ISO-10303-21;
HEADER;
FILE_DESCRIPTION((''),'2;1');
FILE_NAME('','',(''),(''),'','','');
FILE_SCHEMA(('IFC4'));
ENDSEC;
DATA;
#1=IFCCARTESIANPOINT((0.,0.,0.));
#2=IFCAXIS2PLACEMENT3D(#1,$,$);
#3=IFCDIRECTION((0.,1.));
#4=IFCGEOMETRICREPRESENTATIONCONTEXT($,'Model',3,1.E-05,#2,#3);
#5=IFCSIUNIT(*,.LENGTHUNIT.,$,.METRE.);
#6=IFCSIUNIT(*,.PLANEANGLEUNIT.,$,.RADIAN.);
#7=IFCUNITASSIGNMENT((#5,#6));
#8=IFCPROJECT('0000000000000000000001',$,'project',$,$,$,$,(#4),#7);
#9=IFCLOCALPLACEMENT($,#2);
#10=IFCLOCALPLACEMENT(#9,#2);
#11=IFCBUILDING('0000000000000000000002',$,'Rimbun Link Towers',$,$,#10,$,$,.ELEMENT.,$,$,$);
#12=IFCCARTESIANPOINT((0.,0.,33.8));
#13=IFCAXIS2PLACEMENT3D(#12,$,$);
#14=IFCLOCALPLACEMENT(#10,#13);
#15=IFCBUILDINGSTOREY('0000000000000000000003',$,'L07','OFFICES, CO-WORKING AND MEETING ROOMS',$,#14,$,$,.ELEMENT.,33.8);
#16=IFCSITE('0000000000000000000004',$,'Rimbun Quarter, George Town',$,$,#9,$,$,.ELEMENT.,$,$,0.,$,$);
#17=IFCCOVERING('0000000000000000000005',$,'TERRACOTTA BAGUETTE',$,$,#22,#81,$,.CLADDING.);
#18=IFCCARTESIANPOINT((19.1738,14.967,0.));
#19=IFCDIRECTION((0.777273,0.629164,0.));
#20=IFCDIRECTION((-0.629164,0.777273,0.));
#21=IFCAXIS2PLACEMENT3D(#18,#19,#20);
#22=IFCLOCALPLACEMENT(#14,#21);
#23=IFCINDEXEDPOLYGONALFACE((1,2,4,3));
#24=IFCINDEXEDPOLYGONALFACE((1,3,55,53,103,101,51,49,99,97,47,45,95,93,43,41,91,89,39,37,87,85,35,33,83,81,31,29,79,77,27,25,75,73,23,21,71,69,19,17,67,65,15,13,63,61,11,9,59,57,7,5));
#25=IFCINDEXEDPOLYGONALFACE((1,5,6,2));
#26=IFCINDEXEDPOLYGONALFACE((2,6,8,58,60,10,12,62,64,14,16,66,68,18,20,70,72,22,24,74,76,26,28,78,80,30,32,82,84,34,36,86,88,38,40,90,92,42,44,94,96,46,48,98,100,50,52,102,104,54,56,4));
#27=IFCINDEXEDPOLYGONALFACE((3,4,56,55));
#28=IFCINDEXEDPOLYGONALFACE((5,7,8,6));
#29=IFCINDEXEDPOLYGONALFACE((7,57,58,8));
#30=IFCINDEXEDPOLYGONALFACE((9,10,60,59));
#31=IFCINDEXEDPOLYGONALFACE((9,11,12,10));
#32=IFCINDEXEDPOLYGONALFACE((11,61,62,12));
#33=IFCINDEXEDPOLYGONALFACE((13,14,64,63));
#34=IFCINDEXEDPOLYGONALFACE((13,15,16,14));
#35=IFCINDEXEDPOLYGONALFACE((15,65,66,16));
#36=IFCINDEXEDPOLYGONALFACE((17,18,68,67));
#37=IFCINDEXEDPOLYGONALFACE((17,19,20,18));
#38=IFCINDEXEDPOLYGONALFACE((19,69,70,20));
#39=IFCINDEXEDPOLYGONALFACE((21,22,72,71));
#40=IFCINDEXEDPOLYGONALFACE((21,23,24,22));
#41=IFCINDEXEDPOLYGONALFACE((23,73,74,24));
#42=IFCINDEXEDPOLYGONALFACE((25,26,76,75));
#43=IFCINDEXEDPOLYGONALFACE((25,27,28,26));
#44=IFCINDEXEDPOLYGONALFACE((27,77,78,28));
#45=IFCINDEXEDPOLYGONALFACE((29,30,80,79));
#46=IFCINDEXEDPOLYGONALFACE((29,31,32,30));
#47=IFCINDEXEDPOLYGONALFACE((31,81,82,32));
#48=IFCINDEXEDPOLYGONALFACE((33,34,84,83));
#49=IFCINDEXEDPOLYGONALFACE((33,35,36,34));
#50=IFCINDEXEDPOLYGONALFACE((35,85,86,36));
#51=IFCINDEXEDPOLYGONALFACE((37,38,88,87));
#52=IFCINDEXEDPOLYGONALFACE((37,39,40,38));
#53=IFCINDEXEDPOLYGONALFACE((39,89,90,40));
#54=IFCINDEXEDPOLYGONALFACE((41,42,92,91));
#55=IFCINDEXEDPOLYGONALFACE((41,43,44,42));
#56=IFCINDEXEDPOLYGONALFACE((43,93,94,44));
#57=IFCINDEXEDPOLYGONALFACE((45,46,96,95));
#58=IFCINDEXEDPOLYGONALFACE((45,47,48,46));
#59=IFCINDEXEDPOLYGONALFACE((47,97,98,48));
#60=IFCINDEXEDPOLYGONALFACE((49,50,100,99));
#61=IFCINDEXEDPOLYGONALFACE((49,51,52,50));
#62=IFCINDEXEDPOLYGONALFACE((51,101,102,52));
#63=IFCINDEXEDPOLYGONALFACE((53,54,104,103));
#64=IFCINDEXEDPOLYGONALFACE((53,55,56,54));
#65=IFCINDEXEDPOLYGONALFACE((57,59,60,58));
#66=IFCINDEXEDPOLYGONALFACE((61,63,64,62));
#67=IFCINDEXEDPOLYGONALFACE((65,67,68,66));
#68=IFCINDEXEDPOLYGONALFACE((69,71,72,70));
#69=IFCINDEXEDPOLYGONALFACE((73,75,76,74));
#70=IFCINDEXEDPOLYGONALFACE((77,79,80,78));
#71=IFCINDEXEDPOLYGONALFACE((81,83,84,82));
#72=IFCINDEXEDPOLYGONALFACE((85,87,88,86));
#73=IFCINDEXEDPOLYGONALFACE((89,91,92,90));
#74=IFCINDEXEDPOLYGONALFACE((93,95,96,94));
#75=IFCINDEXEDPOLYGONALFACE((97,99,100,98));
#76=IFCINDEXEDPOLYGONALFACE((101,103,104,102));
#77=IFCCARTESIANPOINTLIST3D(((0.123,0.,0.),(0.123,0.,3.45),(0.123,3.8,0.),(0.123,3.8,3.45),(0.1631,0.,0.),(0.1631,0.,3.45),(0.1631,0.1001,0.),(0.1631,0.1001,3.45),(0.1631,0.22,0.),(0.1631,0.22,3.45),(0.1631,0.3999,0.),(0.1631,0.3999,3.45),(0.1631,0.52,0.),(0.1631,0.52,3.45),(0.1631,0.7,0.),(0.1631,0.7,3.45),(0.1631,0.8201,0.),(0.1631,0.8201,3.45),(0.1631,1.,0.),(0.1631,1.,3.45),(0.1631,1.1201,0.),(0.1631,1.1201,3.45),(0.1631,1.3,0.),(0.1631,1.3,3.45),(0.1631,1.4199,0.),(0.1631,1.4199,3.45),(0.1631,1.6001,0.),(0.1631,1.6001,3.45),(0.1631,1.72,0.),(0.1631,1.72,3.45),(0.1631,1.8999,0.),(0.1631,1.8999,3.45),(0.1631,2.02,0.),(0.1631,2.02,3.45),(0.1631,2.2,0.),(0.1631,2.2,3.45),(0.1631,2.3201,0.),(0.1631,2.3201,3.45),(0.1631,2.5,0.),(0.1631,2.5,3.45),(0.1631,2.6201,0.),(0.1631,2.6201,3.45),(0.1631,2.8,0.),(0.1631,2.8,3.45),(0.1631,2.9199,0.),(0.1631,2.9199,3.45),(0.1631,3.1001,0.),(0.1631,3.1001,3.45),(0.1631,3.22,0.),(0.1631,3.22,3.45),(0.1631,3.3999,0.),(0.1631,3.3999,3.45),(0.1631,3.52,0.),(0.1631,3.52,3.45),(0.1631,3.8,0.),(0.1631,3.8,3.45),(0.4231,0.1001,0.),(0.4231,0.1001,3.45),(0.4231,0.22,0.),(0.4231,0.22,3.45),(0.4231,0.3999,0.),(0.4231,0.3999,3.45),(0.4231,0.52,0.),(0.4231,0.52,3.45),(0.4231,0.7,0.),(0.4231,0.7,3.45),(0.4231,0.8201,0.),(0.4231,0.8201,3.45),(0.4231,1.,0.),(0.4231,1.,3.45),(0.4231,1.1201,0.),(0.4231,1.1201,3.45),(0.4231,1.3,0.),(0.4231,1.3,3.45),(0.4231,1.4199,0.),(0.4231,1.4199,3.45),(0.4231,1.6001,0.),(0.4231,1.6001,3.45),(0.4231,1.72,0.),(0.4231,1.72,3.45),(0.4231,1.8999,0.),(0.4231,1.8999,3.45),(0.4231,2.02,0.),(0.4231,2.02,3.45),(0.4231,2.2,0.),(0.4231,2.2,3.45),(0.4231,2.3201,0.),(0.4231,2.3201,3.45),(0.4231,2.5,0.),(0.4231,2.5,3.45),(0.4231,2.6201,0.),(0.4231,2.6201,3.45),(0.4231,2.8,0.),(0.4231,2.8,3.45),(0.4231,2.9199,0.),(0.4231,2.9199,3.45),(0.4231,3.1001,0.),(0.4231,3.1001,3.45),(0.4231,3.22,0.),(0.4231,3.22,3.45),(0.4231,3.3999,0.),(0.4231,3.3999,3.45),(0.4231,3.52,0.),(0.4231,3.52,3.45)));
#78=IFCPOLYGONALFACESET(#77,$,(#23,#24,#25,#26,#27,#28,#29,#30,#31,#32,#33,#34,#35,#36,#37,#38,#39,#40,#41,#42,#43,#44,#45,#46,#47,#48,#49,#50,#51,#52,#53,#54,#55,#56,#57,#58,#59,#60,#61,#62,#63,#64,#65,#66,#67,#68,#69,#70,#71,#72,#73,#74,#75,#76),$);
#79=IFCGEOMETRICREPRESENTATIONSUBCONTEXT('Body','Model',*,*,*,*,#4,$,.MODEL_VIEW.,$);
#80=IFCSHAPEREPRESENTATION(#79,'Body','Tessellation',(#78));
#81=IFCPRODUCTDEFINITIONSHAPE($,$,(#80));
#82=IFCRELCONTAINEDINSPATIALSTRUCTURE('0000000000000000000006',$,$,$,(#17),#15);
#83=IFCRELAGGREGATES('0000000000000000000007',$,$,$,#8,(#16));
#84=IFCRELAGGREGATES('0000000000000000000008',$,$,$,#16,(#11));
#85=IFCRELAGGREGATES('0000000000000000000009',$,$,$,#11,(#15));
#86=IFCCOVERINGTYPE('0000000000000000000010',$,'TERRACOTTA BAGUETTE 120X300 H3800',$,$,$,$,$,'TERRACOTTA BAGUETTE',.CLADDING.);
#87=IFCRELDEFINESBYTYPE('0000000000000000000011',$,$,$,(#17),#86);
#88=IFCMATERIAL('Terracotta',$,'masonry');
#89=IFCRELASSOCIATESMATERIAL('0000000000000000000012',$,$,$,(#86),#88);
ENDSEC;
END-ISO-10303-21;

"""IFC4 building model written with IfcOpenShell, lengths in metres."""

from ifc_helpers import new_model, si_unit, direction, frame, origin, place, context, subcontext, project, spatial, polyline, outline, extrude, material, material_profile, profile_set, type_object, element, save


model = new_model("IFC4")

# Units and contexts
model_context = context("Model", 3, precision=1e-05, world=origin(), true_north=direction((0.0, 1.0)))
body_context = subcontext(model_context, "Body", "Model", "MODEL_VIEW")
ifc_project = project(units=[si_unit("LENGTHUNIT", "METRE"), si_unit("PLANEANGLEUNIT", "RADIAN")], contexts=[model_context])

# Site, building, storey
site_placement = place(None, origin())
site = spatial("IfcSite", under=ifc_project, at=site_placement, Name="Rimbun Quarter, George Town", CompositionType="ELEMENT", RefElevation=0.0)
building_placement = place(site_placement, origin())
building = spatial("IfcBuilding", under=site, at=building_placement, Name="Rimbun Link Towers", CompositionType="ELEMENT")
storey_placement = place(building_placement, frame((0.0, 0.0, 33.8)))
storey = spatial("IfcBuildingStorey", under=building, at=storey_placement, Name="L07", Description="OFFICES, CO-WORKING AND MEETING ROOMS", CompositionType="ELEMENT", Elevation=33.8)

# Covering
ifc_material_1 = material(Name="Terracotta", Category="masonry")
ifc_material_profile_1 = material_profile(ifc_material_1, outline(polyline([(0.123, 0.0), (0.1631, 0.0), (0.1631, 0.1001), (0.4231, 0.1001), (0.4231, 0.22), (0.1631, 0.22), (0.1631, 0.3999), (0.4231, 0.3999), (0.4231, 0.52), (0.1631, 0.52), (0.1631, 0.7), (0.4231, 0.7), (0.4231, 0.8201), (0.1631, 0.8201), (0.1631, 1.0), (0.4231, 1.0), (0.4231, 1.1201), (0.1631, 1.1201), (0.1631, 1.3), (0.4231, 1.3), (0.4231, 1.4199), (0.1631, 1.4199), (0.1631, 1.6001), (0.4231, 1.6001), (0.4231, 1.72), (0.1631, 1.72), (0.1631, 1.8999), (0.4231, 1.8999), (0.4231, 2.02), (0.1631, 2.02), (0.1631, 2.2), (0.4231, 2.2), (0.4231, 2.3201), (0.1631, 2.3201), (0.1631, 2.5), (0.4231, 2.5), (0.4231, 2.6201), (0.1631, 2.6201), (0.1631, 2.8), (0.4231, 2.8), (0.4231, 2.9199), (0.1631, 2.9199), (0.1631, 3.1001), (0.4231, 3.1001), (0.4231, 3.22), (0.1631, 3.22), (0.1631, 3.3999), (0.4231, 3.3999), (0.4231, 3.52), (0.1631, 3.52), (0.1631, 3.8), (0.123, 3.8), (0.123, 0.0)])), Name="BAGUETTE 120X300")
ifc_profile_set_1 = profile_set([ifc_material_profile_1], Name="Terracotta")
covering_type = type_object("IfcCoveringType", Name="TERRACOTTA BAGUETTE 120X300 H3800", ElementType="TERRACOTTA BAGUETTE", PredefinedType="CLADDING", material=ifc_profile_set_1)
covering_1_placement = place(storey_placement, frame((19.1738, 14.967, 0.0), z_axis=(0.777273, 0.629164, 0.0), x_axis=(-0.629164, 0.777273, 0.0)))
element("IfcCovering", 1, at=covering_1_placement, inside=storey, type_object=covering_type, Name="TERRACOTTA BAGUETTE", PredefinedType="CLADDING", context=body_context, shape_type="SweptSolid", body=[
    extrude(outline(polyline([(0.123, 0.0), (0.1631, 0.0), (0.1631, 0.1001), (0.4231, 0.1001), (0.4231, 0.22), (0.1631, 0.22), (0.1631, 0.3999), (0.4231, 0.3999), (0.4231, 0.52), (0.1631, 0.52), (0.1631, 0.7), (0.4231, 0.7), (0.4231, 0.8201), (0.1631, 0.8201), (0.1631, 1.0), (0.4231, 1.0), (0.4231, 1.1201), (0.1631, 1.1201), (0.1631, 1.3), (0.4231, 1.3), (0.4231, 1.4199), (0.1631, 1.4199), (0.1631, 1.6001), (0.4231, 1.6001), (0.4231, 1.72), (0.1631, 1.72), (0.1631, 1.8999), (0.4231, 1.8999), (0.4231, 2.02), (0.1631, 2.02), (0.1631, 2.2), (0.4231, 2.2), (0.4231, 2.3201), (0.1631, 2.3201), (0.1631, 2.5), (0.4231, 2.5), (0.4231, 2.6201), (0.1631, 2.6201), (0.1631, 2.8), (0.4231, 2.8), (0.4231, 2.9199), (0.1631, 2.9199), (0.1631, 3.1001), (0.4231, 3.1001), (0.4231, 3.22), (0.1631, 3.22), (0.1631, 3.3999), (0.4231, 3.3999), (0.4231, 3.52), (0.1631, 3.52), (0.1631, 3.8), (0.123, 3.8), (0.123, 0.0)])), origin(), (0.0, 0.0, 1.0), 3.45),
])

save(model, "model.ifc")
